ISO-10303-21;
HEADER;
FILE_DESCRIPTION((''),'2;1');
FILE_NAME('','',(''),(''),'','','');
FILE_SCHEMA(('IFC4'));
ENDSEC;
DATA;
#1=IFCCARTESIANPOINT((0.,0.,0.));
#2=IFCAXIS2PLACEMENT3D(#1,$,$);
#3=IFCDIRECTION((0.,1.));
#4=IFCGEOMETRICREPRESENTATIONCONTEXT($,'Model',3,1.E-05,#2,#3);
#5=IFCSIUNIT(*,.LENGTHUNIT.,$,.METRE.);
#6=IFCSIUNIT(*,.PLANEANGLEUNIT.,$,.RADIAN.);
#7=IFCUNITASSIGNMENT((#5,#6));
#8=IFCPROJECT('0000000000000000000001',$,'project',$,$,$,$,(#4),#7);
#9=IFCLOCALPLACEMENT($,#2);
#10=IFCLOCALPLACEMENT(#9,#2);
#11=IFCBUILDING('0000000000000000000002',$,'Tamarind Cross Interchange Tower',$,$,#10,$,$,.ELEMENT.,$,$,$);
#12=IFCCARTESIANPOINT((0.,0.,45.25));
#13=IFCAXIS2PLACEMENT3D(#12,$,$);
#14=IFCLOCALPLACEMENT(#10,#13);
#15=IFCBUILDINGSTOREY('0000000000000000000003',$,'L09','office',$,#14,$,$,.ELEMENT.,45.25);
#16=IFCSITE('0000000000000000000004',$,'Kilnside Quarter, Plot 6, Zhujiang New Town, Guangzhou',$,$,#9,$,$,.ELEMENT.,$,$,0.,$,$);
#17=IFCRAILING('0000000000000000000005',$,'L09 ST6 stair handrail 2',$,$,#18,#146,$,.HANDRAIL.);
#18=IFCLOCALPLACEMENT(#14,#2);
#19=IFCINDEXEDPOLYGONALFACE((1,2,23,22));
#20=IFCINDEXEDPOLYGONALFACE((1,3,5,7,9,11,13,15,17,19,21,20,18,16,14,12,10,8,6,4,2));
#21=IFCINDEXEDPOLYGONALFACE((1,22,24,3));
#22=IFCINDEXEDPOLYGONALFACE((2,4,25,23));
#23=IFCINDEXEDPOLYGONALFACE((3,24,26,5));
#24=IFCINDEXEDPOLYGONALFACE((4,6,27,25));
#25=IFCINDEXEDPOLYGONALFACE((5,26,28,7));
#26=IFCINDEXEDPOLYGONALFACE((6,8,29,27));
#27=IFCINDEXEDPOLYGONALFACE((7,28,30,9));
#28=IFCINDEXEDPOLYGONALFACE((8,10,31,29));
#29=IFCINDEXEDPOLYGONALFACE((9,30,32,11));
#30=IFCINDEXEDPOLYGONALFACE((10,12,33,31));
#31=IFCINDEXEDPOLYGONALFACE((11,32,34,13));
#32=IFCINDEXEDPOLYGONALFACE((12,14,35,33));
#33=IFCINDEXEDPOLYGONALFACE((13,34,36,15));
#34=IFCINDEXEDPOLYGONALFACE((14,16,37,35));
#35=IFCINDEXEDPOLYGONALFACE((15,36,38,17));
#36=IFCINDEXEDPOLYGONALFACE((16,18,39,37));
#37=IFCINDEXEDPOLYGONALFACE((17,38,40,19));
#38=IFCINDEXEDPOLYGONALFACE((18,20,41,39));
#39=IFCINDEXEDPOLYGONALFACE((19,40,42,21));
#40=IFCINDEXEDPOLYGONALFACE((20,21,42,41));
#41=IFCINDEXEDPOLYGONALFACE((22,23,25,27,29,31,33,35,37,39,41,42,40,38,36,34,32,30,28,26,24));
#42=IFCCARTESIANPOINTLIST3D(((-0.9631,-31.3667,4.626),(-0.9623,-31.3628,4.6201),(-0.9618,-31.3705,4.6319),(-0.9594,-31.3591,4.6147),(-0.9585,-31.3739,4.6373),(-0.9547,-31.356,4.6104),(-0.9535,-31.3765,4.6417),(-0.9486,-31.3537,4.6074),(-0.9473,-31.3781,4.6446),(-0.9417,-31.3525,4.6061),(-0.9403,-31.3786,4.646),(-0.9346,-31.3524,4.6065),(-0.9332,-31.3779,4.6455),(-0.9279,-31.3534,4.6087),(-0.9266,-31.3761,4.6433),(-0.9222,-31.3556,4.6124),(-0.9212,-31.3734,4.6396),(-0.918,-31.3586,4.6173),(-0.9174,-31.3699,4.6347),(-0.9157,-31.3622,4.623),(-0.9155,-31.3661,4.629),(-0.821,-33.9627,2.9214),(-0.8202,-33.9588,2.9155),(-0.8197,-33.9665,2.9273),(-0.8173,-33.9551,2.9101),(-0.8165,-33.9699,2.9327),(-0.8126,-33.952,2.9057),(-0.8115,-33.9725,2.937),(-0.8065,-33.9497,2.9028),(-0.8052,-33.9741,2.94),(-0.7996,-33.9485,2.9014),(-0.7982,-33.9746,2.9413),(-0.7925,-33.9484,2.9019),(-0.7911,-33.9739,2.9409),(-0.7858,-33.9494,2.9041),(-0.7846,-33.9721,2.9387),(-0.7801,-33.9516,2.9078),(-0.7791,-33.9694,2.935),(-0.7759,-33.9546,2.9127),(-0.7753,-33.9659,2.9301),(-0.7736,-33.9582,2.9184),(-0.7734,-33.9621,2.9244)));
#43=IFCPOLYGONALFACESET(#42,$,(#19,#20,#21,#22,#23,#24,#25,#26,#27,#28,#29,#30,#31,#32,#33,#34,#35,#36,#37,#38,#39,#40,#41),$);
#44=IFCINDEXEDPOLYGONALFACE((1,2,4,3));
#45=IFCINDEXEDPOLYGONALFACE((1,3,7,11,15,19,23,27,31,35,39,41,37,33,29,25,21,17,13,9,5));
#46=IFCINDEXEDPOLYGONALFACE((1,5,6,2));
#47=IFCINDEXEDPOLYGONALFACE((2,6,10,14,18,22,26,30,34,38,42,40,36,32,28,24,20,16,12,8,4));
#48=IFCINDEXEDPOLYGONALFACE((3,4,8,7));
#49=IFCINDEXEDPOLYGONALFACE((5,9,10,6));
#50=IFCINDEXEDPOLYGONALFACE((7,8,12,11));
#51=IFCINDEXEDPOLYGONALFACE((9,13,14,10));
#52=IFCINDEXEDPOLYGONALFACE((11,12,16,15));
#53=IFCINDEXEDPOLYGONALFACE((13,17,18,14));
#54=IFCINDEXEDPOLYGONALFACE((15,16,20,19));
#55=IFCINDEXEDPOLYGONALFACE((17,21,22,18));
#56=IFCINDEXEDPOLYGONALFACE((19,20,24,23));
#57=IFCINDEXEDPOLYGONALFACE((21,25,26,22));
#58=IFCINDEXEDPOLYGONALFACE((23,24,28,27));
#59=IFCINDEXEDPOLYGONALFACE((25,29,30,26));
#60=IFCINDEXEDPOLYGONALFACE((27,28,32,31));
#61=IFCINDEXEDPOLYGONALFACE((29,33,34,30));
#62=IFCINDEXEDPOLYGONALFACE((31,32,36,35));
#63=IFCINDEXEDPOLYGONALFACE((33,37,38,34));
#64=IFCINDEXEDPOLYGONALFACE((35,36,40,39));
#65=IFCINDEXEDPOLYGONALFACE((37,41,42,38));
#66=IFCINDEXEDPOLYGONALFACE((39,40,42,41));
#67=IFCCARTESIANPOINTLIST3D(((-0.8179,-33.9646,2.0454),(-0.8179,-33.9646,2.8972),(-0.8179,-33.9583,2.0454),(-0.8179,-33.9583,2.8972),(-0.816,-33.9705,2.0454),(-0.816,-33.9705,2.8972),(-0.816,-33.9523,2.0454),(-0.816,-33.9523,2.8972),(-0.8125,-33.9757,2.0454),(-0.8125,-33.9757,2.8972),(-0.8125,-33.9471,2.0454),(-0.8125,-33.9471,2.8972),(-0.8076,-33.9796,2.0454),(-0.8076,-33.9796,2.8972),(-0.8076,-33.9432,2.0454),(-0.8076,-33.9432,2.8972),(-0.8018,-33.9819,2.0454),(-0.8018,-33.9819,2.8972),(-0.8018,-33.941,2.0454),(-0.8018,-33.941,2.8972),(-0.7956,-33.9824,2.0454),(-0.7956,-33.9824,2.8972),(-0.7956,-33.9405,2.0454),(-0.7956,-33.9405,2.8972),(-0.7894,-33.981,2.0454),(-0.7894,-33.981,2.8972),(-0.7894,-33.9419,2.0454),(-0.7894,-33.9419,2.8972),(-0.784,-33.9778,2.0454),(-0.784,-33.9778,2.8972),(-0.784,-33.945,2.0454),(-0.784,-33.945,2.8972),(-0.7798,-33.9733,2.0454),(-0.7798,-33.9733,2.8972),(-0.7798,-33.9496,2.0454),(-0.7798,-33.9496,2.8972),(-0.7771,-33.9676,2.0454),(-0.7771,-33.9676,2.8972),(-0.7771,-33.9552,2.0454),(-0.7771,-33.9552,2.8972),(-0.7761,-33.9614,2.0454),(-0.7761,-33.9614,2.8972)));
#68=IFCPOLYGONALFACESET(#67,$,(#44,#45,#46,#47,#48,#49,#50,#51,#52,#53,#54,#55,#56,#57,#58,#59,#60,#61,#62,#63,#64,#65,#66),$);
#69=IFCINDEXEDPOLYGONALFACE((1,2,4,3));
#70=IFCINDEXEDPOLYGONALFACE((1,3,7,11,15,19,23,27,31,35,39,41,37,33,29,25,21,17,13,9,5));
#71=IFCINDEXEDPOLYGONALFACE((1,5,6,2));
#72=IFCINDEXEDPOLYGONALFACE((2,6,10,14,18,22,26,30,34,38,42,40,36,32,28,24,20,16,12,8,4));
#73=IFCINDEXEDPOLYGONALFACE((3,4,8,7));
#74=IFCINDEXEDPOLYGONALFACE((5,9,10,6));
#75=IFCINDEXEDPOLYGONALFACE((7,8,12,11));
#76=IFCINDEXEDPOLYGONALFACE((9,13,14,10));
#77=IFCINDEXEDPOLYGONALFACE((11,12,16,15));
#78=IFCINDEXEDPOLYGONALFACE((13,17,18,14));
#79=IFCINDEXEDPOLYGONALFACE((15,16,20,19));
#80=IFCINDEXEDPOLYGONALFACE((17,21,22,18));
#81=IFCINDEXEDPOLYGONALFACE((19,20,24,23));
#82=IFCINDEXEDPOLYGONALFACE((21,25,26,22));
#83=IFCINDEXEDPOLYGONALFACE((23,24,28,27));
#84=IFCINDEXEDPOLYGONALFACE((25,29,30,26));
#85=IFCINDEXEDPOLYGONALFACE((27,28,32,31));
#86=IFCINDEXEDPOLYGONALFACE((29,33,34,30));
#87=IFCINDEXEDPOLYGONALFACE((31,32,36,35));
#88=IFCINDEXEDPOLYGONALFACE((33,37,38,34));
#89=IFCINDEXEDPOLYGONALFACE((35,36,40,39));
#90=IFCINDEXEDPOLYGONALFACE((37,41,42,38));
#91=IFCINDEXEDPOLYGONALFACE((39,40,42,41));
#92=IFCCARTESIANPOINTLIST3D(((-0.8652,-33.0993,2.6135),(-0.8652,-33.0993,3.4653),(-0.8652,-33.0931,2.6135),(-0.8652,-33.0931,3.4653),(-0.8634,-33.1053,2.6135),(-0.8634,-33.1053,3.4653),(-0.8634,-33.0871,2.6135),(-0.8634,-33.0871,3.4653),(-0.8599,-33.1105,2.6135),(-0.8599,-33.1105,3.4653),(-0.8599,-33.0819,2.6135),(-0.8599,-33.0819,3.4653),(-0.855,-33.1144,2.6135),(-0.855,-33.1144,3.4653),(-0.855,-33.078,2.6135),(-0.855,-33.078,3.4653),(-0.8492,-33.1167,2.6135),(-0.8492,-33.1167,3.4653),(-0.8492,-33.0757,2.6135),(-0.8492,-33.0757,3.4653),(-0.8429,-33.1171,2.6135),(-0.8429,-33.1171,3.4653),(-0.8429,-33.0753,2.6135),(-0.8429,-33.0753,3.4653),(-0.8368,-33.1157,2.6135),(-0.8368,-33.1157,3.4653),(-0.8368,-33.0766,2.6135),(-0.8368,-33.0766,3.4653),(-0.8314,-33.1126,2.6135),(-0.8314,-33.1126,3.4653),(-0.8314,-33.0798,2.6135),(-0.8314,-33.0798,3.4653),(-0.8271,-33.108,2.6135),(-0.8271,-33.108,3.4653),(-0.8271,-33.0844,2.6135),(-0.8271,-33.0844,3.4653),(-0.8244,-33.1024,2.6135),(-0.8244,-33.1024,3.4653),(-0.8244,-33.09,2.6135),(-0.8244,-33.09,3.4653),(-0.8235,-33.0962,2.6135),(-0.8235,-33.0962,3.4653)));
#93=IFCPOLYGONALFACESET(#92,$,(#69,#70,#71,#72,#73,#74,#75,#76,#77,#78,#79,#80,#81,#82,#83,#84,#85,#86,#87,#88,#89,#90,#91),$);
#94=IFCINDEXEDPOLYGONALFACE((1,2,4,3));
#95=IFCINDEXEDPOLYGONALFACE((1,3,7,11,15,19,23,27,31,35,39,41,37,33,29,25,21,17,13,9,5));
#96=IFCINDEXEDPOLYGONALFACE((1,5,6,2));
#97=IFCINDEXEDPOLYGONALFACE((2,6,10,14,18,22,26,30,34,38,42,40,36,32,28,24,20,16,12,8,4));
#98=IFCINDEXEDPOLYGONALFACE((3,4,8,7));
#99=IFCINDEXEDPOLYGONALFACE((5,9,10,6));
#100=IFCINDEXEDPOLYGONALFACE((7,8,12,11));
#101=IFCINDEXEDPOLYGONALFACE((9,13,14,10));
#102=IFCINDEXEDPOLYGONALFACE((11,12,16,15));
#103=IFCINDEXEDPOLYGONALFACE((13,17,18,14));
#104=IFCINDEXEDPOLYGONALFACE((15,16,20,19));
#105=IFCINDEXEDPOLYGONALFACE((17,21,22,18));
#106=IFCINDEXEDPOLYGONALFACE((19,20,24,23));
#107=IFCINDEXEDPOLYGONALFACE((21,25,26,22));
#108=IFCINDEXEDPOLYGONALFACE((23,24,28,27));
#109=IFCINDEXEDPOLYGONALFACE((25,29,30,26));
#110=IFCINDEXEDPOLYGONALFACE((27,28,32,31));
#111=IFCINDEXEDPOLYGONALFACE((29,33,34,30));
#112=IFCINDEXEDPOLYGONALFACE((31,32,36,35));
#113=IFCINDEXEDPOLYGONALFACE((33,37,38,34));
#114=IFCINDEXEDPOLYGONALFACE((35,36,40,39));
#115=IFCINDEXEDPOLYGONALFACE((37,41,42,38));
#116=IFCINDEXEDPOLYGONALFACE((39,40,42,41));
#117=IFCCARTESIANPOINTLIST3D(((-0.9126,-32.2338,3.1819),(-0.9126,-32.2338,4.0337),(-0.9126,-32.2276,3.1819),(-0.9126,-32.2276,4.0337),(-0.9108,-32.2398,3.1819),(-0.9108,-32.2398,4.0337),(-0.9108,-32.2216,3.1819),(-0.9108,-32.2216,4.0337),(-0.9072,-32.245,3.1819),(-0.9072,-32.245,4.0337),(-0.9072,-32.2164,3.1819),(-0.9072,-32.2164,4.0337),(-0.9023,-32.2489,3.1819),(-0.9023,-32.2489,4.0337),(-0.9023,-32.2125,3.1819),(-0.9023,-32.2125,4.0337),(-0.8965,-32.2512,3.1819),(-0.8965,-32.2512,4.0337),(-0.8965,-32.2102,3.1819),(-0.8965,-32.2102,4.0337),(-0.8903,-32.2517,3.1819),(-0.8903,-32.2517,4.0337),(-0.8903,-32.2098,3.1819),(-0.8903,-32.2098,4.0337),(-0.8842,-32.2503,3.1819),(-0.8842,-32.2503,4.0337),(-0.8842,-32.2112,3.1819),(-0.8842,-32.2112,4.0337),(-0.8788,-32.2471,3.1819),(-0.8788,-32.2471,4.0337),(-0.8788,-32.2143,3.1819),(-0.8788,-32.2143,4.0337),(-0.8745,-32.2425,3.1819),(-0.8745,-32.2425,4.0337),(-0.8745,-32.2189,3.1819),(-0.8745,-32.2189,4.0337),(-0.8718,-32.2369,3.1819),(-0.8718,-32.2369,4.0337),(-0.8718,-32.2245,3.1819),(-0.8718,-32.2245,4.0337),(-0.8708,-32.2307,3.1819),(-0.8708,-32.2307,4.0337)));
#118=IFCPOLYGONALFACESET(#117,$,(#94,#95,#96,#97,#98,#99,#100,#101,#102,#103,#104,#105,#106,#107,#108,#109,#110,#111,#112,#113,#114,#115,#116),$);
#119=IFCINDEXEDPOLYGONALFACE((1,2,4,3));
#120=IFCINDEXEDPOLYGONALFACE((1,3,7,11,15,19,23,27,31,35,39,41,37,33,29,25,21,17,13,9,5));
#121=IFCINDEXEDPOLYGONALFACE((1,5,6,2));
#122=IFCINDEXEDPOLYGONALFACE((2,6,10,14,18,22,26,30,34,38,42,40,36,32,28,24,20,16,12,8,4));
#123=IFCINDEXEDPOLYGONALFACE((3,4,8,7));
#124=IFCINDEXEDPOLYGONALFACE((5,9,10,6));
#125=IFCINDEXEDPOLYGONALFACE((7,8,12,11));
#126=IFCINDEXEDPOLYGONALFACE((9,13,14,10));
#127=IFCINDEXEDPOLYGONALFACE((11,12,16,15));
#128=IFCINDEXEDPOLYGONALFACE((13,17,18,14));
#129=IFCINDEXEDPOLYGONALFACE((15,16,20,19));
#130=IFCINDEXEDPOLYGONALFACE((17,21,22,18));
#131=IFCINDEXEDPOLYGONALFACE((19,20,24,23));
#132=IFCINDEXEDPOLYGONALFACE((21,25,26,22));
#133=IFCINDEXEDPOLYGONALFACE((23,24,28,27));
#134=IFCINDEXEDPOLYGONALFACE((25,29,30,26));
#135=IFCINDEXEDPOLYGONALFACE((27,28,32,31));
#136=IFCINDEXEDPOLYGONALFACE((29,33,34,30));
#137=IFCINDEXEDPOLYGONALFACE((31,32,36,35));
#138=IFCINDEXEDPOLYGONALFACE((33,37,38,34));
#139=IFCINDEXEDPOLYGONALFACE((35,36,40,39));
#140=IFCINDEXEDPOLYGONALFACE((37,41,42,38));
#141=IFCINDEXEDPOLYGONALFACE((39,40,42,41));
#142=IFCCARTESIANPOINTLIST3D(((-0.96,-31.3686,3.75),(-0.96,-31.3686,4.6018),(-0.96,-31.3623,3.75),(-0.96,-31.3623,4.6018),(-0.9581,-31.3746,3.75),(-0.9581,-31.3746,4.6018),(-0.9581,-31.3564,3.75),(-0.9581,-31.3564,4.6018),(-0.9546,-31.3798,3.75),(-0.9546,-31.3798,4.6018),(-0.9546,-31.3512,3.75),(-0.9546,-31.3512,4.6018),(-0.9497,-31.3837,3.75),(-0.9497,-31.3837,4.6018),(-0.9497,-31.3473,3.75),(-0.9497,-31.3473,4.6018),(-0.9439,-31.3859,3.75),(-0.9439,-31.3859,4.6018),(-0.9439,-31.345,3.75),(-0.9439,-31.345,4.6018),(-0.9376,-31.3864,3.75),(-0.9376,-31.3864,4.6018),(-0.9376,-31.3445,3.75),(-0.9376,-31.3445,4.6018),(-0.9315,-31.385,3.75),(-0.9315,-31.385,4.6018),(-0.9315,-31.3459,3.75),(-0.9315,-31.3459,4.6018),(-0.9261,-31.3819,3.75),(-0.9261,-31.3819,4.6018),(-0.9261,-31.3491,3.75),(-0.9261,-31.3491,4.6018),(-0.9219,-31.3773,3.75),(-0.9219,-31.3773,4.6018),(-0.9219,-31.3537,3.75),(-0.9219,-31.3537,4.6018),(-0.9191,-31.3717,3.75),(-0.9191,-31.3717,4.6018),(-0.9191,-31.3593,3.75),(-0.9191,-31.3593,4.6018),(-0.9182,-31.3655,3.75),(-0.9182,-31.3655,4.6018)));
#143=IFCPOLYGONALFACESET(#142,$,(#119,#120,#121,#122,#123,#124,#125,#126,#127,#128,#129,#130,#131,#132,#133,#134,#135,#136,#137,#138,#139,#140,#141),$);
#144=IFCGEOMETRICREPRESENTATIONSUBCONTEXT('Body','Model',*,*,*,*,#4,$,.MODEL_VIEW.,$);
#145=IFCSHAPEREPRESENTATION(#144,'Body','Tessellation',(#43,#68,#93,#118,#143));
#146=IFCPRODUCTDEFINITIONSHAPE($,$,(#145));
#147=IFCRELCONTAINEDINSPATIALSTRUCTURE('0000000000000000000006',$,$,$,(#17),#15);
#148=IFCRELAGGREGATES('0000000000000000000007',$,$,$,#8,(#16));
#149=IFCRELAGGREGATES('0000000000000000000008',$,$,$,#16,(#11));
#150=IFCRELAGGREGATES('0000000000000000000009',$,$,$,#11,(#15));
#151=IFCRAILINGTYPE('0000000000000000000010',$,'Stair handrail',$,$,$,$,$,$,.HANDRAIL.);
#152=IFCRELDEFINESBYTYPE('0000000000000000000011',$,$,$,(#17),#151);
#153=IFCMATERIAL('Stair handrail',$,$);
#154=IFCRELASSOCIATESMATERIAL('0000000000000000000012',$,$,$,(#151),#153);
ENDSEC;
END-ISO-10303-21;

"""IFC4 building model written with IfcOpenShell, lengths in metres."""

from ifc_helpers import new_model, si_unit, direction, frame, origin, origin_2d, place, context, subcontext, project, spatial, circle, extrude, material, type_object, element, save


model = new_model("IFC4")

# Units and contexts
model_context = context("Model", 3, precision=1e-05, world=origin(), true_north=direction((0.0, 1.0)))
body_context = subcontext(model_context, "Body", "Model", "MODEL_VIEW")
ifc_project = project(units=[si_unit("LENGTHUNIT", "METRE"), si_unit("PLANEANGLEUNIT", "RADIAN")], contexts=[model_context])

# Site, building, storey
site_placement = place(None, origin())
site = spatial("IfcSite", under=ifc_project, at=site_placement, Name="Kilnside Quarter, Plot 6, Zhujiang New Town, Guangzhou", CompositionType="ELEMENT", RefElevation=0.0)
building_placement = place(site_placement, origin())
building = spatial("IfcBuilding", under=site, at=building_placement, Name="Tamarind Cross Interchange Tower", CompositionType="ELEMENT")
storey_placement = place(building_placement, frame((0.0, 0.0, 45.25)))
storey = spatial("IfcBuildingStorey", under=building, at=storey_placement, Name="L09", Description="office", CompositionType="ELEMENT", Elevation=45.25)

# Railing
ifc_material_1 = material(Name="Stair handrail")
railing_type_1 = type_object("IfcRailingType", Name="Stair handrail", PredefinedType="HANDRAIL", material=ifc_material_1)
railing_1_placement = place(storey_placement, frame((-0.7971, -33.9614, 2.0454)))
element("IfcRailing", 1, at=railing_1_placement, inside=storey, type_object=railing_type_1, Name="L09 ST6 stair handrail 2", PredefinedType="HANDRAIL", context=body_context, shape_type="SweptSolid", body=[
    extrude(circle(Radius=0.0239, at=origin_2d()), frame((0.0, 0.0, 0.876), z_axis=(-0.045705, 0.835027, 0.548308), x_axis=(-0.998505, -0.054653, 0.0)), (0.0, 0.0, 1.0), 3.1089),
    extrude(circle(Radius=0.021, at=origin_2d()), origin(), (0.0, 0.0, 1.0), 0.8518),
    extrude(circle(Radius=0.021, at=origin_2d()), frame((-0.0474, 0.8652, 0.5681)), (0.0, 0.0, 1.0), 0.8518),
    extrude(circle(Radius=0.021, at=origin_2d()), frame((-0.0947, 1.7307, 1.1365)), (0.0, 0.0, 1.0), 0.8518),
    extrude(circle(Radius=0.021, at=origin_2d()), frame((-0.1421, 2.5959, 1.7046)), (0.0, 0.0, 1.0), 0.8518),
])

save(model, "model.ifc")
